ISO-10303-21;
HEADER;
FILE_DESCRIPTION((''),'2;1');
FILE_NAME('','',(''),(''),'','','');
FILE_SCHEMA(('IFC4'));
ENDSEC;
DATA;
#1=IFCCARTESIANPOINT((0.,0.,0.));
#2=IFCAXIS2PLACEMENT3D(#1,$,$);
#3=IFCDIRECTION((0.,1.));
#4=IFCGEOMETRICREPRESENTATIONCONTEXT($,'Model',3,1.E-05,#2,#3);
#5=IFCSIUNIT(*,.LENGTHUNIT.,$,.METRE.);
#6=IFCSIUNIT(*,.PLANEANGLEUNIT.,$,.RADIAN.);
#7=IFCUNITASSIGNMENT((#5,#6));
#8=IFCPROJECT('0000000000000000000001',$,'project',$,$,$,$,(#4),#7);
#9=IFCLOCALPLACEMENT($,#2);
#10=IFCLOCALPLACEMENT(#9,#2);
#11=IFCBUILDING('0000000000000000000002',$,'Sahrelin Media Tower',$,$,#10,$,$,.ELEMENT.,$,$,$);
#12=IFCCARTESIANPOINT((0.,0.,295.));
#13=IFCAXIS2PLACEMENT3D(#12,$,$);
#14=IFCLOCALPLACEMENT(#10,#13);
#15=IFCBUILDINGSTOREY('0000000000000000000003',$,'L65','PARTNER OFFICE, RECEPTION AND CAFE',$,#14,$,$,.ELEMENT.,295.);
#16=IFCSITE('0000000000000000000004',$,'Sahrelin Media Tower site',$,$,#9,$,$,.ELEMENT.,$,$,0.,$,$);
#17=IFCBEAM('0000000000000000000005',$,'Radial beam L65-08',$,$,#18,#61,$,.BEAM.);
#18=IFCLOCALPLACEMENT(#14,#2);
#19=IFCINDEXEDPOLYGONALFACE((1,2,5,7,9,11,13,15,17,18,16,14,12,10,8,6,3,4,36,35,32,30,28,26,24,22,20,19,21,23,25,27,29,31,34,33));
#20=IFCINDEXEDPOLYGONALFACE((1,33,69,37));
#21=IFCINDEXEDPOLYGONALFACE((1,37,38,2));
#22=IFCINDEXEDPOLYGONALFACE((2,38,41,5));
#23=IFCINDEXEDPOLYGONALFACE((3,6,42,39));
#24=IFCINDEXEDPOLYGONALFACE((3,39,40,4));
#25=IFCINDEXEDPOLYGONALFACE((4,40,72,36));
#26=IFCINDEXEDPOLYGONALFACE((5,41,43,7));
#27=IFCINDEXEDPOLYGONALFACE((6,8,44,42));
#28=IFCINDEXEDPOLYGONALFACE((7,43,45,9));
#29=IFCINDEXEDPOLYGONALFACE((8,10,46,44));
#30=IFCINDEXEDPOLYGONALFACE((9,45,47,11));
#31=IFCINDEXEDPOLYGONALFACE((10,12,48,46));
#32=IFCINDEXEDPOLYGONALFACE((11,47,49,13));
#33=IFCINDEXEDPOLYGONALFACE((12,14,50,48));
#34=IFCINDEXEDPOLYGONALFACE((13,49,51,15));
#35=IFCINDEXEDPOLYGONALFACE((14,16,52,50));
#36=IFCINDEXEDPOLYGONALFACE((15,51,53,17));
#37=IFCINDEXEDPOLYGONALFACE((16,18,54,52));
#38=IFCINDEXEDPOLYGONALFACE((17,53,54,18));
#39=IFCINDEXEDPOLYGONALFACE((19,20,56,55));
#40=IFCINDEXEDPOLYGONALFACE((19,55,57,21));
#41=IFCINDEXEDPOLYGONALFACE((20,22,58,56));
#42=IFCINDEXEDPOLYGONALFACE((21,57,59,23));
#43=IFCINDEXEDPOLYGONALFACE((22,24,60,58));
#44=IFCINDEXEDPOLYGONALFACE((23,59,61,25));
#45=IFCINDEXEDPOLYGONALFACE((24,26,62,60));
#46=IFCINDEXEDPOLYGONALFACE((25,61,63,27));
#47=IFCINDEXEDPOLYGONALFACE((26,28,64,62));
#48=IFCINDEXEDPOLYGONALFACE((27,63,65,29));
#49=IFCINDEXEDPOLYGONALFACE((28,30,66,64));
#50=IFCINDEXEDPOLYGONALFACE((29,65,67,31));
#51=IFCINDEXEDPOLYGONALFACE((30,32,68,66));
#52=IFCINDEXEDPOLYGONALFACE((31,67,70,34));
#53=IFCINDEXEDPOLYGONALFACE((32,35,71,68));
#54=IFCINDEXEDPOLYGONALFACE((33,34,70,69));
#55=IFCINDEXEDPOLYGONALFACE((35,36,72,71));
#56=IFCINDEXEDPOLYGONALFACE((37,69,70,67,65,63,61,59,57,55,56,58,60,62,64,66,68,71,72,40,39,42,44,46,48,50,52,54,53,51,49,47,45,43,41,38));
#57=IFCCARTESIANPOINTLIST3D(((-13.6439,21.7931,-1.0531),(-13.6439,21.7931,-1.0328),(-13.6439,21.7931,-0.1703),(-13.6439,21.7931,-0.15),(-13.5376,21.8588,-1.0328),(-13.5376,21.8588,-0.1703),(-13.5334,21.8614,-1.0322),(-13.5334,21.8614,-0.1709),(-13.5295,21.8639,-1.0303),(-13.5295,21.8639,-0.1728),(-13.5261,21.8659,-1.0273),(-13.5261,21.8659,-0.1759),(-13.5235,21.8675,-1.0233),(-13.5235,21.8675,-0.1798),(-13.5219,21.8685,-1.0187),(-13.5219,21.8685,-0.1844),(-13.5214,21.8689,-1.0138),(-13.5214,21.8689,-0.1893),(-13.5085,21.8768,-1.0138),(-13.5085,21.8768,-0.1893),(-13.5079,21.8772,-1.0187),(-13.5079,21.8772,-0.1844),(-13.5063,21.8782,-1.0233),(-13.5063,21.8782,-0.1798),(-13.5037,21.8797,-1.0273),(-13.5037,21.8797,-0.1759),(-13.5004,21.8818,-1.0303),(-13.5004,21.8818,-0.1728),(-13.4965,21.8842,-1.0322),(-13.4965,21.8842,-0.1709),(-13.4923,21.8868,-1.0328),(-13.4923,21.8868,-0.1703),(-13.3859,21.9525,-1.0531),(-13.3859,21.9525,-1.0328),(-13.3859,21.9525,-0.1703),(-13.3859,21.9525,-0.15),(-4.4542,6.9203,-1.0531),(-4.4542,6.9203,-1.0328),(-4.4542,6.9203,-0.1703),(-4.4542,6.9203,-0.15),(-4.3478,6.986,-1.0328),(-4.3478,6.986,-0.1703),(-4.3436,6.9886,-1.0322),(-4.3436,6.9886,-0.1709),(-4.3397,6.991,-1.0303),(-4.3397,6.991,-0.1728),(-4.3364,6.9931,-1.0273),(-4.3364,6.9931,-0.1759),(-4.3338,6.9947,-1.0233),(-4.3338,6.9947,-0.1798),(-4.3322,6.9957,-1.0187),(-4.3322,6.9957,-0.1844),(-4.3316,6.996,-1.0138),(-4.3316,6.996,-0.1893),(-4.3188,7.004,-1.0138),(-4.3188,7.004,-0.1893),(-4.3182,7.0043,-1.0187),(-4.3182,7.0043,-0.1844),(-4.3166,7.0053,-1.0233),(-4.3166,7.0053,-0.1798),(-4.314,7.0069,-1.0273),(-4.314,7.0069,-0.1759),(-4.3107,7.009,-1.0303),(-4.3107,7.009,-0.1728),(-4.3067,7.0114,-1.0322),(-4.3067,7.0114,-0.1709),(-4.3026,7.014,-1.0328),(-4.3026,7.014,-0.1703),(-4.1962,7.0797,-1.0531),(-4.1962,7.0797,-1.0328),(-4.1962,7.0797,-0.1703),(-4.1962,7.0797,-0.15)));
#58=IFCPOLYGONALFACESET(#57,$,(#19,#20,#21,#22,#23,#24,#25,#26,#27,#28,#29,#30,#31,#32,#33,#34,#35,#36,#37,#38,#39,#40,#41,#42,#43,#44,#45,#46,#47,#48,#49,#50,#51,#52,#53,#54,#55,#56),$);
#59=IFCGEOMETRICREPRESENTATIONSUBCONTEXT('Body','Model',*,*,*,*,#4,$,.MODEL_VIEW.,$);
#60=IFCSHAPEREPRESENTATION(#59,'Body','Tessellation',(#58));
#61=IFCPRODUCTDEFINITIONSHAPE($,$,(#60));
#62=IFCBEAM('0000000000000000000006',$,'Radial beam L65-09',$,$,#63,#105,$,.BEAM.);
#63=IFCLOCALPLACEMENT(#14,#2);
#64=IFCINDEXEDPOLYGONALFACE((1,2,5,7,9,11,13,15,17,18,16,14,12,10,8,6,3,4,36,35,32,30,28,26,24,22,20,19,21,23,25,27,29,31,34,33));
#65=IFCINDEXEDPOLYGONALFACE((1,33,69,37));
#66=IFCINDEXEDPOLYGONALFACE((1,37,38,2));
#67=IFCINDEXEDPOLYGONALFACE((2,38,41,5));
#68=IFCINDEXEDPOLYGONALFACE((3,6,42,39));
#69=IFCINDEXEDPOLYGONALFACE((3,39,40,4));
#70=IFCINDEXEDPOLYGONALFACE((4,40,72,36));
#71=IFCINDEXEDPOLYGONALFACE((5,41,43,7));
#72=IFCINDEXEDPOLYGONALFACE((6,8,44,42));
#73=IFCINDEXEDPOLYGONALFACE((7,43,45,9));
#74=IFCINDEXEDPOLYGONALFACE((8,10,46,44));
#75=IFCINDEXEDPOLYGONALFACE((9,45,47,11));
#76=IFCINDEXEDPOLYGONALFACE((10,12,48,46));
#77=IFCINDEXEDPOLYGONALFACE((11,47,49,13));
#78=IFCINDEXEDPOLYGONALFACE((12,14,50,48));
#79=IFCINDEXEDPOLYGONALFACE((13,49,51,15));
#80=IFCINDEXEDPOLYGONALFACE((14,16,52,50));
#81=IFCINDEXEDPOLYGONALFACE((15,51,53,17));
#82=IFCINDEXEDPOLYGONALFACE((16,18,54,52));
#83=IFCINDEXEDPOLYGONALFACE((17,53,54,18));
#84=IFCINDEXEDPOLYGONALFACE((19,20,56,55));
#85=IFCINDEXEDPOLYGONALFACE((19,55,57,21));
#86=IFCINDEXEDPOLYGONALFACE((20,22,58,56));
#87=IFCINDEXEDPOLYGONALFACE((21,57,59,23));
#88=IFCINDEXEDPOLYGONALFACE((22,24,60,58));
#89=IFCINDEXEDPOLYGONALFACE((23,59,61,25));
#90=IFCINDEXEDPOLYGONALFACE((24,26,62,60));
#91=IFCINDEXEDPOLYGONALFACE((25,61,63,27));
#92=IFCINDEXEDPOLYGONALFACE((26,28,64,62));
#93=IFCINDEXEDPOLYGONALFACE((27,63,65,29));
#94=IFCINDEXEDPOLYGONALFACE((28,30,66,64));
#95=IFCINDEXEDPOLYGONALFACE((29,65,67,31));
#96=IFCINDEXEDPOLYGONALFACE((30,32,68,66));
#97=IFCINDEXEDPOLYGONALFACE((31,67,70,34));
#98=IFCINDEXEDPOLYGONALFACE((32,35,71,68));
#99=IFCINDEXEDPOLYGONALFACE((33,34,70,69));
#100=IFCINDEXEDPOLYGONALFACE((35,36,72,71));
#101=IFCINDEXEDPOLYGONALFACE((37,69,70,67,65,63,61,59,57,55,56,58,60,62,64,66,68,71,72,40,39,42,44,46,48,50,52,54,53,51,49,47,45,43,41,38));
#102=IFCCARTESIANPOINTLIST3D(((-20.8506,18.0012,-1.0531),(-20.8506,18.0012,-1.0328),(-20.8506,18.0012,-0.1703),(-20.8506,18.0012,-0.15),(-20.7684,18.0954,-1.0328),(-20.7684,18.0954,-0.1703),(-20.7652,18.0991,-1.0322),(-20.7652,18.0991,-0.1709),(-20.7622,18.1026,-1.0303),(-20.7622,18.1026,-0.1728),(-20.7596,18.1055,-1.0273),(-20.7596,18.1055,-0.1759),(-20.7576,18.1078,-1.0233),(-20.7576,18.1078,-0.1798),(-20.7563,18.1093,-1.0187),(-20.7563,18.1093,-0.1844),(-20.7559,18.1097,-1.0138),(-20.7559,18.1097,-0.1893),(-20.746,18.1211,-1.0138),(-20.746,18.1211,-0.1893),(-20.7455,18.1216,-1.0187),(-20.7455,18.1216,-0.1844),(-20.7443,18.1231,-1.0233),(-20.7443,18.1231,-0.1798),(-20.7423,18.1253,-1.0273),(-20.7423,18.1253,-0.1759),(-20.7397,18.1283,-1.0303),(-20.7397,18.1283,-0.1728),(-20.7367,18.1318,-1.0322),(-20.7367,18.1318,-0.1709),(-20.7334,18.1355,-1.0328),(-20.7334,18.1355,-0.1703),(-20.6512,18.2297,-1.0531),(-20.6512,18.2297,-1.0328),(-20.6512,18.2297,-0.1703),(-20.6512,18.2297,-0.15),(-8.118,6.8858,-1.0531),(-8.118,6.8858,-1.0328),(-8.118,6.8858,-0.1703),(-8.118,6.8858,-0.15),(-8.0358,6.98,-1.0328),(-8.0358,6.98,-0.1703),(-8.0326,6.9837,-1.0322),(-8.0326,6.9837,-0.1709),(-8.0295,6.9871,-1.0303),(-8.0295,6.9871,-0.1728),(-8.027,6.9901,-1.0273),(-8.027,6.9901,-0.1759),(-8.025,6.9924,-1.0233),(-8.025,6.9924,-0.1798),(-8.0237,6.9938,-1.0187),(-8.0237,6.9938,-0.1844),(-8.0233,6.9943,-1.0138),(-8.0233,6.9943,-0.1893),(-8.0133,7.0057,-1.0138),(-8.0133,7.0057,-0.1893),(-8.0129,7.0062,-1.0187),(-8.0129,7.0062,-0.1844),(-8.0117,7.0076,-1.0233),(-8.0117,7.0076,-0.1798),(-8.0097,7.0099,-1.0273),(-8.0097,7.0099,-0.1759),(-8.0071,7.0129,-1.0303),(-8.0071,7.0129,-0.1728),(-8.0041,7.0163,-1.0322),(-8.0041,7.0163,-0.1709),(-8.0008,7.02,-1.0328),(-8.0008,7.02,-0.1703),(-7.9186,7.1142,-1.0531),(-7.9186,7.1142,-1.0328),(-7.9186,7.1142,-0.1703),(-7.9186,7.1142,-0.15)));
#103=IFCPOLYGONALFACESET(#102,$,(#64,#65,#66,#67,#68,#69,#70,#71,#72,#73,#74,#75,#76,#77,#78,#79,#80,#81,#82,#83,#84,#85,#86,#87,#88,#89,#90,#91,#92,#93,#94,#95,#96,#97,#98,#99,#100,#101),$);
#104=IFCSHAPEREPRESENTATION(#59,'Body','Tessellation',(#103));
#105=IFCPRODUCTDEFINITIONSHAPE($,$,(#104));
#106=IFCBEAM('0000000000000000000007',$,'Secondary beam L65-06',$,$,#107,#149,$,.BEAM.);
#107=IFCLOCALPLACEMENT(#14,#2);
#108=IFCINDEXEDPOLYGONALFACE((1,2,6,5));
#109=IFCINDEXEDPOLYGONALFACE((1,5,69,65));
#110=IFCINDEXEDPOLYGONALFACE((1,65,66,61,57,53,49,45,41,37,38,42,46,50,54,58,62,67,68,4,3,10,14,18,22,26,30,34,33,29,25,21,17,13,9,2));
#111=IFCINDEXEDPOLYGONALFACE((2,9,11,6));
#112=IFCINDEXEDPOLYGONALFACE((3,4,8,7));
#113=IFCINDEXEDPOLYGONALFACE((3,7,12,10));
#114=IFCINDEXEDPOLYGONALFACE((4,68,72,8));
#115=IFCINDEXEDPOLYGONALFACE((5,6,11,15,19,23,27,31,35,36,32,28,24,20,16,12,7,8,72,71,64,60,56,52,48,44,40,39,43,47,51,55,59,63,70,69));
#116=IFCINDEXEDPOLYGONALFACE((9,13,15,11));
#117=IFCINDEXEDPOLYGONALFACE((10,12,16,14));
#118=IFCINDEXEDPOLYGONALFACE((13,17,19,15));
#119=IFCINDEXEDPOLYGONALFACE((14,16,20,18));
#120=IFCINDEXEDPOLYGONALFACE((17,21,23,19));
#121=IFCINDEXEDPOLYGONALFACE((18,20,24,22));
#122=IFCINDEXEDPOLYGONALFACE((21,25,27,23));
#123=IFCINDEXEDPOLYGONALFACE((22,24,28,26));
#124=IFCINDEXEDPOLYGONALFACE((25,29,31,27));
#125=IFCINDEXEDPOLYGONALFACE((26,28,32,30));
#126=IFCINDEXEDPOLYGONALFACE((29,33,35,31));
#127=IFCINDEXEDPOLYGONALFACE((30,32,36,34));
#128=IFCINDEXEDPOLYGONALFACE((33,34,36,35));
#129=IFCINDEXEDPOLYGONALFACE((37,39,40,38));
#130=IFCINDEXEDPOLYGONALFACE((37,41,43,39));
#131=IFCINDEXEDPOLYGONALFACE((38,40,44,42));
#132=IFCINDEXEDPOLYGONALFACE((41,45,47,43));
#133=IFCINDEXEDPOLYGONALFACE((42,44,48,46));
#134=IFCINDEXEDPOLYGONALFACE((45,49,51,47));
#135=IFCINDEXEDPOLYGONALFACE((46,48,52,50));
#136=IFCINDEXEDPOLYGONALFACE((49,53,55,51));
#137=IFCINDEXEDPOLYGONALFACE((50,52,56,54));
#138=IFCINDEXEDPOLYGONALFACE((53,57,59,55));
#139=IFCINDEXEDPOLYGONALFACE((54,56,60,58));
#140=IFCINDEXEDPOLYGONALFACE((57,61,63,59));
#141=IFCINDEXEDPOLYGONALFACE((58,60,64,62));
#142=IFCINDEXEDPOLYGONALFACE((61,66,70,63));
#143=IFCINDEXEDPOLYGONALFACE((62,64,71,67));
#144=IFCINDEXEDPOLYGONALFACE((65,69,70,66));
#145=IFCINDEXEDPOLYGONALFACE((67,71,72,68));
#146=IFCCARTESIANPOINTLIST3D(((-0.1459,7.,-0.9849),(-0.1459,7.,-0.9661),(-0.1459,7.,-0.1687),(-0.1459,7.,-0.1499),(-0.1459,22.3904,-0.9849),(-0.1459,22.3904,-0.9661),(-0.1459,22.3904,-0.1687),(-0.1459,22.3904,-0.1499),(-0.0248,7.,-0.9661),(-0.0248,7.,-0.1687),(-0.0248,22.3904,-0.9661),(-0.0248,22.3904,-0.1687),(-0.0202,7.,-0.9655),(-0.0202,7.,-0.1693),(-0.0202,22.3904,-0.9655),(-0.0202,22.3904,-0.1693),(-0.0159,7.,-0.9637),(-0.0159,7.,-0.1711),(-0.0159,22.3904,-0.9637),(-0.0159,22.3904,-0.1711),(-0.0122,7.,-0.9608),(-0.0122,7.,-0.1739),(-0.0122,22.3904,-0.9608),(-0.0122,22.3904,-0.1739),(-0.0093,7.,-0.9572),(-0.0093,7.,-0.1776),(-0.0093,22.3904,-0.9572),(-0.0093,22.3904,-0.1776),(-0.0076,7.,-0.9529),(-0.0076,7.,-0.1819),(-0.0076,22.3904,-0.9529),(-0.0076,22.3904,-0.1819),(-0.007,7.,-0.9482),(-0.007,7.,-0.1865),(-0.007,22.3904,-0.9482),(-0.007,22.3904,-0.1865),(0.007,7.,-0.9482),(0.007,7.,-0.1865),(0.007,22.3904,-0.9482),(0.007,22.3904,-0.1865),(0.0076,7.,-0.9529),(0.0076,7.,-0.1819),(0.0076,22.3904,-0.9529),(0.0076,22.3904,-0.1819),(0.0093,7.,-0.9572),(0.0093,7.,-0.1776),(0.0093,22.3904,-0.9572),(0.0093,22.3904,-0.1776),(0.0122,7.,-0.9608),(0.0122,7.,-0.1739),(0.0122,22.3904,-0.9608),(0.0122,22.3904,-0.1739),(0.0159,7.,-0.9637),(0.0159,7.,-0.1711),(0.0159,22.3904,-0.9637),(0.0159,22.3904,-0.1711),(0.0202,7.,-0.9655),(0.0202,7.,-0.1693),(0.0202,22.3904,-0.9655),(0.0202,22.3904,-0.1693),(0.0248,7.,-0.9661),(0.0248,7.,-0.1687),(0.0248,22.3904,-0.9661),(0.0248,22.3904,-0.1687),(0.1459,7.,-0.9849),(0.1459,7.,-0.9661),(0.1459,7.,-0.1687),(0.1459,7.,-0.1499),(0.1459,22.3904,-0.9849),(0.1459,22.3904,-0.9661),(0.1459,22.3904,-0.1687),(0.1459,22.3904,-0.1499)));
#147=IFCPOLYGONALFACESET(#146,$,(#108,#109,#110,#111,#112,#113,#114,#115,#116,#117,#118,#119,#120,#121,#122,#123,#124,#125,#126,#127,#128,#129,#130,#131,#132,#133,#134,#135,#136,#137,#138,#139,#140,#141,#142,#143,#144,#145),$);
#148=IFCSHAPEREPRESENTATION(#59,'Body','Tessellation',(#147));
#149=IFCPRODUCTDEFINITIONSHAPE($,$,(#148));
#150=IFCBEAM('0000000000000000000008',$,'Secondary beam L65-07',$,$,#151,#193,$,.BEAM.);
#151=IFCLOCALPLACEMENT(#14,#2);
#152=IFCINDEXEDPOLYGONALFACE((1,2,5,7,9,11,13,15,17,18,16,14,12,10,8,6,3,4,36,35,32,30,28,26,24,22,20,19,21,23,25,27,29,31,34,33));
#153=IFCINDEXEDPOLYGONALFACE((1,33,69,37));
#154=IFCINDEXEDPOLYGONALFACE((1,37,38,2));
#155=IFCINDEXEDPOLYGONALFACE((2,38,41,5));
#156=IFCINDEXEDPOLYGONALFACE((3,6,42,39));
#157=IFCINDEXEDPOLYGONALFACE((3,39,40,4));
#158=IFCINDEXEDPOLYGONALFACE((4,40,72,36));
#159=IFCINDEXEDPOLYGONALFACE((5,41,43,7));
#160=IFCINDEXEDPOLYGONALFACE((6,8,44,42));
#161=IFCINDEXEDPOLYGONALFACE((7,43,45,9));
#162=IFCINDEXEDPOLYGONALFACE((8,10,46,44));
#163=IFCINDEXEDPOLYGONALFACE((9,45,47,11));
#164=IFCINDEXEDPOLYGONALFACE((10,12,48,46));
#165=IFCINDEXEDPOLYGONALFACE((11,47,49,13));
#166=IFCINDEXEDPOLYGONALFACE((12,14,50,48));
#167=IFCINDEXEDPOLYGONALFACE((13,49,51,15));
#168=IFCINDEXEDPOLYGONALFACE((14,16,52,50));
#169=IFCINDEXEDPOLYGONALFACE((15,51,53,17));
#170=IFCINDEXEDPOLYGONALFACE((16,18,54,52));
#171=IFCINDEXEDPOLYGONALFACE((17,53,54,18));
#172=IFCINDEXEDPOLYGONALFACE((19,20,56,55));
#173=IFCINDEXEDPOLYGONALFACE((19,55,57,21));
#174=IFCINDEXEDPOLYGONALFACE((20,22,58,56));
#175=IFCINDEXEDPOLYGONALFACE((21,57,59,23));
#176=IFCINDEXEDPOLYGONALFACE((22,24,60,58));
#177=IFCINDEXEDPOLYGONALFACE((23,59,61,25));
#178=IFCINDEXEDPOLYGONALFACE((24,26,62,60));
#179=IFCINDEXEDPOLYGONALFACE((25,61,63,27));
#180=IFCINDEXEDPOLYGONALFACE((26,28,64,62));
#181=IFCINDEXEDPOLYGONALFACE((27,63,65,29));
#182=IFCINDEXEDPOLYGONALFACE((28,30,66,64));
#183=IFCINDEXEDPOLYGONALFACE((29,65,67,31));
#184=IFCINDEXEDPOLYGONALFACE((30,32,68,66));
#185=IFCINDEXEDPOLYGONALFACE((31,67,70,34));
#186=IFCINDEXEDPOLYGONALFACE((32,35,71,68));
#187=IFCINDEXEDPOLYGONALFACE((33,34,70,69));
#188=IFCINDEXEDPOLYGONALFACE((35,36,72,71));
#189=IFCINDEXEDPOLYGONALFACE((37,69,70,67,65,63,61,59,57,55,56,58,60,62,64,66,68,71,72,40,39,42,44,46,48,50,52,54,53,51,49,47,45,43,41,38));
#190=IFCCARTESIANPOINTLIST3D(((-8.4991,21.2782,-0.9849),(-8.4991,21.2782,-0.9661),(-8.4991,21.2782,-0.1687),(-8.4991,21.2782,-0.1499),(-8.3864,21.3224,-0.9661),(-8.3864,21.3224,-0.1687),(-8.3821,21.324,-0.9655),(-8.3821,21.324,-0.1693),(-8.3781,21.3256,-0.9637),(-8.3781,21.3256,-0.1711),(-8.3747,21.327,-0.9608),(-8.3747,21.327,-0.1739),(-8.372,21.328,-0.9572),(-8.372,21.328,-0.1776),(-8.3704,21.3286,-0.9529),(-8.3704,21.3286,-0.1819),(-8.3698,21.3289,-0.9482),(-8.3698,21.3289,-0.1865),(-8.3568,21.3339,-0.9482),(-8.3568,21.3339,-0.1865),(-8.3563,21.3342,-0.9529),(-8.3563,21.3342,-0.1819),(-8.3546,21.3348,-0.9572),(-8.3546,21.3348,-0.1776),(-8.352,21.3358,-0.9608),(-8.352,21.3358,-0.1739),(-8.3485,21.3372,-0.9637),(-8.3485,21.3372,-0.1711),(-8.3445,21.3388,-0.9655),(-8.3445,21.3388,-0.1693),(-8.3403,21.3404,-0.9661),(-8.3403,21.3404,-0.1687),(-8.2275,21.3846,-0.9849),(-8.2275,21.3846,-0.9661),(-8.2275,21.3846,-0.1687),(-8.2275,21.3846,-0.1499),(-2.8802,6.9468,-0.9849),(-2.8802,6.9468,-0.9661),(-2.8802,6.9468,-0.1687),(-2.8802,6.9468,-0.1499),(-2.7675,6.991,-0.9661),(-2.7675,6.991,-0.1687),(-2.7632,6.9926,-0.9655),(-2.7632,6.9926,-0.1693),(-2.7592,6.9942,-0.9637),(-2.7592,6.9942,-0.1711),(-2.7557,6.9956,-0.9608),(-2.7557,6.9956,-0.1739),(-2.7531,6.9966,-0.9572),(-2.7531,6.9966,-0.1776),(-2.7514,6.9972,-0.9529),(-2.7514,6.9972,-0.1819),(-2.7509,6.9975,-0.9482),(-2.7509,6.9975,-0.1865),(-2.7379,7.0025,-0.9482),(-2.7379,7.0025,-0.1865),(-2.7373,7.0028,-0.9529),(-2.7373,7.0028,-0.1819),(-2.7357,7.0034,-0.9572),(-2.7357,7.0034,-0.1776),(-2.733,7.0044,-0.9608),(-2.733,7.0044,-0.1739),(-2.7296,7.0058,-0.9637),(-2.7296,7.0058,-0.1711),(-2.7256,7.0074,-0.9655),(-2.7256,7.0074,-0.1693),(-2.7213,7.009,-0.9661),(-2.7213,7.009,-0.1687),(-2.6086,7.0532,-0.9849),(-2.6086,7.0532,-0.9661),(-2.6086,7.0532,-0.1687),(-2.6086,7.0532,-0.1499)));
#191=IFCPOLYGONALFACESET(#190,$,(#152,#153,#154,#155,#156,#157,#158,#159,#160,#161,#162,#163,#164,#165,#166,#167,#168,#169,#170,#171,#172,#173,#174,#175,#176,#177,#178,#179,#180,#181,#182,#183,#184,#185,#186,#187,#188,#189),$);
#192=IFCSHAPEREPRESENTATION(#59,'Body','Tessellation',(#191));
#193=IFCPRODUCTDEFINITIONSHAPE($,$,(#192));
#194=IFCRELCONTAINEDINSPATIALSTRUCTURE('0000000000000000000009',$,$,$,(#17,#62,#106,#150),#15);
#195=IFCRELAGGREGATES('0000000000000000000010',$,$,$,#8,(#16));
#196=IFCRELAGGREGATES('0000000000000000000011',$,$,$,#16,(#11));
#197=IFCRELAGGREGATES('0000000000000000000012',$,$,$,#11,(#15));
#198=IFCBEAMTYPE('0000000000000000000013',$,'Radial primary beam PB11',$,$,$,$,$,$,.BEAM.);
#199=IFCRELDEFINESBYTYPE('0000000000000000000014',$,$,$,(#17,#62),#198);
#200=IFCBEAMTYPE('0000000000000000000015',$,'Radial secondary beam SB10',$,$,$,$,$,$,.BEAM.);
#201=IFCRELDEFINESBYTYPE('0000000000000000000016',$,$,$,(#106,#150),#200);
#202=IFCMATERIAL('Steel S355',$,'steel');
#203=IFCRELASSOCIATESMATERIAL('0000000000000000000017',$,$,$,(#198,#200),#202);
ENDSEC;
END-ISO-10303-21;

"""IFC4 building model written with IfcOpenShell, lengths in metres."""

from ifc_helpers import new_model, si_unit, direction, frame, origin, origin_2d, place, context, subcontext, project, spatial, i_section, extrude, material, material_profile, profile_set, type_object, element, save


model = new_model("IFC4")

# Units and contexts
model_context = context("Model", 3, precision=1e-05, world=origin(), true_north=direction((0.0, 1.0)))
body_context = subcontext(model_context, "Body", "Model", "MODEL_VIEW")
ifc_project = project(units=[si_unit("LENGTHUNIT", "METRE"), si_unit("PLANEANGLEUNIT", "RADIAN")], contexts=[model_context])

# Site, building, storey
site_placement = place(None, origin())
site = spatial("IfcSite", under=ifc_project, at=site_placement, Name="Sahrelin Media Tower site", CompositionType="ELEMENT", RefElevation=0.0)
building_placement = place(site_placement, origin())
building = spatial("IfcBuilding", under=site, at=building_placement, Name="Sahrelin Media Tower", CompositionType="ELEMENT")
storey_placement = place(building_placement, frame((0.0, 0.0, 295.0)))
storey = spatial("IfcBuildingStorey", under=building, at=storey_placement, Name="L65", Description="PARTNER OFFICE, RECEPTION AND CAFE", CompositionType="ELEMENT", Elevation=295.0)

# Shared definitions
ifc_material_1 = material(Name="Steel S355", Category="steel")

# Beams
ifc_material_profile_1 = material_profile(ifc_material_1, i_section(OverallWidth=0.3032, OverallDepth=0.9031, WebThickness=0.0151, FlangeThickness=0.0203, FilletRadius=0.019, at=origin_2d()), Name="UB 914x305x201")
ifc_profile_set_1 = profile_set([ifc_material_profile_1], Name="Steel S355")
beam_type_1 = type_object("IfcBeamType", Name="Radial primary beam PB11", PredefinedType="BEAM", material=ifc_profile_set_1)
beam_1_placement = place(storey_placement, frame((-4.3252, 7.0, -0.6016), z_axis=(-0.52564, 0.850707, 0.0), x_axis=(-0.850707, -0.52564, 0.0)))
element("IfcBeam", 1, at=beam_1_placement, inside=storey, type_object=beam_type_1, Name="Radial beam L65-08", PredefinedType="BEAM", context=body_context, shape_type="SweptSolid", body=[
    extrude(i_section(OverallWidth=0.3032, OverallDepth=0.9031, WebThickness=0.0151, FlangeThickness=0.0203, FilletRadius=0.019, at=origin_2d()), origin(), (0.0, 0.0, 1.0), 17.4829),
])
beam_2_placement = place(storey_placement, frame((-8.0183, 7.0, -0.6016), z_axis=(-0.753327, 0.657646, 0.0), x_axis=(-0.657646, -0.753327, 0.0)))
element("IfcBeam", 2, at=beam_2_placement, inside=storey, type_object=beam_type_1, Name="Radial beam L65-09", PredefinedType="BEAM", context=body_context, shape_type="SweptSolid", body=[
    extrude(i_section(OverallWidth=0.3032, OverallDepth=0.9031, WebThickness=0.0151, FlangeThickness=0.0203, FilletRadius=0.019, at=origin_2d()), origin(), (0.0, 0.0, 1.0), 16.9019),
])
ifc_material_profile_2 = material_profile(ifc_material_1, i_section(OverallWidth=0.2917, OverallDepth=0.835, WebThickness=0.0139, FlangeThickness=0.0188, FilletRadius=0.0178, at=origin_2d()), Name="UB 838x292x176")
ifc_profile_set_2 = profile_set([ifc_material_profile_2], Name="Steel S355")
beam_type_2 = type_object("IfcBeamType", Name="Radial secondary beam SB10", PredefinedType="BEAM", material=ifc_profile_set_2)
beam_3_placement = place(storey_placement, frame((0.0, 7.0, -0.5674), z_axis=(0.0, 1.0, 0.0), x_axis=(-1.0, 0.0, 0.0)))
element("IfcBeam", 3, at=beam_3_placement, inside=storey, type_object=beam_type_2, Name="Secondary beam L65-06", PredefinedType="BEAM", context=body_context, shape_type="SweptSolid", body=[
    extrude(i_section(OverallWidth=0.2917, OverallDepth=0.835, WebThickness=0.0139, FlangeThickness=0.0188, FilletRadius=0.0178, at=origin_2d()), origin(), (0.0, 0.0, 1.0), 15.3904),
])
beam_4_placement = place(storey_placement, frame((-2.7444, 7.0, -0.5674), z_axis=(-0.365019, 0.931, 0.0), x_axis=(-0.931, -0.365019, 0.0)))
element("IfcBeam", 4, at=beam_4_placement, inside=storey, type_object=beam_type_2, Name="Secondary beam L65-07", PredefinedType="BEAM", context=body_context, shape_type="SweptSolid", body=[
    extrude(i_section(OverallWidth=0.2917, OverallDepth=0.835, WebThickness=0.0139, FlangeThickness=0.0188, FilletRadius=0.0178, at=origin_2d()), origin(), (0.0, 0.0, 1.0), 15.3936),
])

save(model, "model.ifc")
